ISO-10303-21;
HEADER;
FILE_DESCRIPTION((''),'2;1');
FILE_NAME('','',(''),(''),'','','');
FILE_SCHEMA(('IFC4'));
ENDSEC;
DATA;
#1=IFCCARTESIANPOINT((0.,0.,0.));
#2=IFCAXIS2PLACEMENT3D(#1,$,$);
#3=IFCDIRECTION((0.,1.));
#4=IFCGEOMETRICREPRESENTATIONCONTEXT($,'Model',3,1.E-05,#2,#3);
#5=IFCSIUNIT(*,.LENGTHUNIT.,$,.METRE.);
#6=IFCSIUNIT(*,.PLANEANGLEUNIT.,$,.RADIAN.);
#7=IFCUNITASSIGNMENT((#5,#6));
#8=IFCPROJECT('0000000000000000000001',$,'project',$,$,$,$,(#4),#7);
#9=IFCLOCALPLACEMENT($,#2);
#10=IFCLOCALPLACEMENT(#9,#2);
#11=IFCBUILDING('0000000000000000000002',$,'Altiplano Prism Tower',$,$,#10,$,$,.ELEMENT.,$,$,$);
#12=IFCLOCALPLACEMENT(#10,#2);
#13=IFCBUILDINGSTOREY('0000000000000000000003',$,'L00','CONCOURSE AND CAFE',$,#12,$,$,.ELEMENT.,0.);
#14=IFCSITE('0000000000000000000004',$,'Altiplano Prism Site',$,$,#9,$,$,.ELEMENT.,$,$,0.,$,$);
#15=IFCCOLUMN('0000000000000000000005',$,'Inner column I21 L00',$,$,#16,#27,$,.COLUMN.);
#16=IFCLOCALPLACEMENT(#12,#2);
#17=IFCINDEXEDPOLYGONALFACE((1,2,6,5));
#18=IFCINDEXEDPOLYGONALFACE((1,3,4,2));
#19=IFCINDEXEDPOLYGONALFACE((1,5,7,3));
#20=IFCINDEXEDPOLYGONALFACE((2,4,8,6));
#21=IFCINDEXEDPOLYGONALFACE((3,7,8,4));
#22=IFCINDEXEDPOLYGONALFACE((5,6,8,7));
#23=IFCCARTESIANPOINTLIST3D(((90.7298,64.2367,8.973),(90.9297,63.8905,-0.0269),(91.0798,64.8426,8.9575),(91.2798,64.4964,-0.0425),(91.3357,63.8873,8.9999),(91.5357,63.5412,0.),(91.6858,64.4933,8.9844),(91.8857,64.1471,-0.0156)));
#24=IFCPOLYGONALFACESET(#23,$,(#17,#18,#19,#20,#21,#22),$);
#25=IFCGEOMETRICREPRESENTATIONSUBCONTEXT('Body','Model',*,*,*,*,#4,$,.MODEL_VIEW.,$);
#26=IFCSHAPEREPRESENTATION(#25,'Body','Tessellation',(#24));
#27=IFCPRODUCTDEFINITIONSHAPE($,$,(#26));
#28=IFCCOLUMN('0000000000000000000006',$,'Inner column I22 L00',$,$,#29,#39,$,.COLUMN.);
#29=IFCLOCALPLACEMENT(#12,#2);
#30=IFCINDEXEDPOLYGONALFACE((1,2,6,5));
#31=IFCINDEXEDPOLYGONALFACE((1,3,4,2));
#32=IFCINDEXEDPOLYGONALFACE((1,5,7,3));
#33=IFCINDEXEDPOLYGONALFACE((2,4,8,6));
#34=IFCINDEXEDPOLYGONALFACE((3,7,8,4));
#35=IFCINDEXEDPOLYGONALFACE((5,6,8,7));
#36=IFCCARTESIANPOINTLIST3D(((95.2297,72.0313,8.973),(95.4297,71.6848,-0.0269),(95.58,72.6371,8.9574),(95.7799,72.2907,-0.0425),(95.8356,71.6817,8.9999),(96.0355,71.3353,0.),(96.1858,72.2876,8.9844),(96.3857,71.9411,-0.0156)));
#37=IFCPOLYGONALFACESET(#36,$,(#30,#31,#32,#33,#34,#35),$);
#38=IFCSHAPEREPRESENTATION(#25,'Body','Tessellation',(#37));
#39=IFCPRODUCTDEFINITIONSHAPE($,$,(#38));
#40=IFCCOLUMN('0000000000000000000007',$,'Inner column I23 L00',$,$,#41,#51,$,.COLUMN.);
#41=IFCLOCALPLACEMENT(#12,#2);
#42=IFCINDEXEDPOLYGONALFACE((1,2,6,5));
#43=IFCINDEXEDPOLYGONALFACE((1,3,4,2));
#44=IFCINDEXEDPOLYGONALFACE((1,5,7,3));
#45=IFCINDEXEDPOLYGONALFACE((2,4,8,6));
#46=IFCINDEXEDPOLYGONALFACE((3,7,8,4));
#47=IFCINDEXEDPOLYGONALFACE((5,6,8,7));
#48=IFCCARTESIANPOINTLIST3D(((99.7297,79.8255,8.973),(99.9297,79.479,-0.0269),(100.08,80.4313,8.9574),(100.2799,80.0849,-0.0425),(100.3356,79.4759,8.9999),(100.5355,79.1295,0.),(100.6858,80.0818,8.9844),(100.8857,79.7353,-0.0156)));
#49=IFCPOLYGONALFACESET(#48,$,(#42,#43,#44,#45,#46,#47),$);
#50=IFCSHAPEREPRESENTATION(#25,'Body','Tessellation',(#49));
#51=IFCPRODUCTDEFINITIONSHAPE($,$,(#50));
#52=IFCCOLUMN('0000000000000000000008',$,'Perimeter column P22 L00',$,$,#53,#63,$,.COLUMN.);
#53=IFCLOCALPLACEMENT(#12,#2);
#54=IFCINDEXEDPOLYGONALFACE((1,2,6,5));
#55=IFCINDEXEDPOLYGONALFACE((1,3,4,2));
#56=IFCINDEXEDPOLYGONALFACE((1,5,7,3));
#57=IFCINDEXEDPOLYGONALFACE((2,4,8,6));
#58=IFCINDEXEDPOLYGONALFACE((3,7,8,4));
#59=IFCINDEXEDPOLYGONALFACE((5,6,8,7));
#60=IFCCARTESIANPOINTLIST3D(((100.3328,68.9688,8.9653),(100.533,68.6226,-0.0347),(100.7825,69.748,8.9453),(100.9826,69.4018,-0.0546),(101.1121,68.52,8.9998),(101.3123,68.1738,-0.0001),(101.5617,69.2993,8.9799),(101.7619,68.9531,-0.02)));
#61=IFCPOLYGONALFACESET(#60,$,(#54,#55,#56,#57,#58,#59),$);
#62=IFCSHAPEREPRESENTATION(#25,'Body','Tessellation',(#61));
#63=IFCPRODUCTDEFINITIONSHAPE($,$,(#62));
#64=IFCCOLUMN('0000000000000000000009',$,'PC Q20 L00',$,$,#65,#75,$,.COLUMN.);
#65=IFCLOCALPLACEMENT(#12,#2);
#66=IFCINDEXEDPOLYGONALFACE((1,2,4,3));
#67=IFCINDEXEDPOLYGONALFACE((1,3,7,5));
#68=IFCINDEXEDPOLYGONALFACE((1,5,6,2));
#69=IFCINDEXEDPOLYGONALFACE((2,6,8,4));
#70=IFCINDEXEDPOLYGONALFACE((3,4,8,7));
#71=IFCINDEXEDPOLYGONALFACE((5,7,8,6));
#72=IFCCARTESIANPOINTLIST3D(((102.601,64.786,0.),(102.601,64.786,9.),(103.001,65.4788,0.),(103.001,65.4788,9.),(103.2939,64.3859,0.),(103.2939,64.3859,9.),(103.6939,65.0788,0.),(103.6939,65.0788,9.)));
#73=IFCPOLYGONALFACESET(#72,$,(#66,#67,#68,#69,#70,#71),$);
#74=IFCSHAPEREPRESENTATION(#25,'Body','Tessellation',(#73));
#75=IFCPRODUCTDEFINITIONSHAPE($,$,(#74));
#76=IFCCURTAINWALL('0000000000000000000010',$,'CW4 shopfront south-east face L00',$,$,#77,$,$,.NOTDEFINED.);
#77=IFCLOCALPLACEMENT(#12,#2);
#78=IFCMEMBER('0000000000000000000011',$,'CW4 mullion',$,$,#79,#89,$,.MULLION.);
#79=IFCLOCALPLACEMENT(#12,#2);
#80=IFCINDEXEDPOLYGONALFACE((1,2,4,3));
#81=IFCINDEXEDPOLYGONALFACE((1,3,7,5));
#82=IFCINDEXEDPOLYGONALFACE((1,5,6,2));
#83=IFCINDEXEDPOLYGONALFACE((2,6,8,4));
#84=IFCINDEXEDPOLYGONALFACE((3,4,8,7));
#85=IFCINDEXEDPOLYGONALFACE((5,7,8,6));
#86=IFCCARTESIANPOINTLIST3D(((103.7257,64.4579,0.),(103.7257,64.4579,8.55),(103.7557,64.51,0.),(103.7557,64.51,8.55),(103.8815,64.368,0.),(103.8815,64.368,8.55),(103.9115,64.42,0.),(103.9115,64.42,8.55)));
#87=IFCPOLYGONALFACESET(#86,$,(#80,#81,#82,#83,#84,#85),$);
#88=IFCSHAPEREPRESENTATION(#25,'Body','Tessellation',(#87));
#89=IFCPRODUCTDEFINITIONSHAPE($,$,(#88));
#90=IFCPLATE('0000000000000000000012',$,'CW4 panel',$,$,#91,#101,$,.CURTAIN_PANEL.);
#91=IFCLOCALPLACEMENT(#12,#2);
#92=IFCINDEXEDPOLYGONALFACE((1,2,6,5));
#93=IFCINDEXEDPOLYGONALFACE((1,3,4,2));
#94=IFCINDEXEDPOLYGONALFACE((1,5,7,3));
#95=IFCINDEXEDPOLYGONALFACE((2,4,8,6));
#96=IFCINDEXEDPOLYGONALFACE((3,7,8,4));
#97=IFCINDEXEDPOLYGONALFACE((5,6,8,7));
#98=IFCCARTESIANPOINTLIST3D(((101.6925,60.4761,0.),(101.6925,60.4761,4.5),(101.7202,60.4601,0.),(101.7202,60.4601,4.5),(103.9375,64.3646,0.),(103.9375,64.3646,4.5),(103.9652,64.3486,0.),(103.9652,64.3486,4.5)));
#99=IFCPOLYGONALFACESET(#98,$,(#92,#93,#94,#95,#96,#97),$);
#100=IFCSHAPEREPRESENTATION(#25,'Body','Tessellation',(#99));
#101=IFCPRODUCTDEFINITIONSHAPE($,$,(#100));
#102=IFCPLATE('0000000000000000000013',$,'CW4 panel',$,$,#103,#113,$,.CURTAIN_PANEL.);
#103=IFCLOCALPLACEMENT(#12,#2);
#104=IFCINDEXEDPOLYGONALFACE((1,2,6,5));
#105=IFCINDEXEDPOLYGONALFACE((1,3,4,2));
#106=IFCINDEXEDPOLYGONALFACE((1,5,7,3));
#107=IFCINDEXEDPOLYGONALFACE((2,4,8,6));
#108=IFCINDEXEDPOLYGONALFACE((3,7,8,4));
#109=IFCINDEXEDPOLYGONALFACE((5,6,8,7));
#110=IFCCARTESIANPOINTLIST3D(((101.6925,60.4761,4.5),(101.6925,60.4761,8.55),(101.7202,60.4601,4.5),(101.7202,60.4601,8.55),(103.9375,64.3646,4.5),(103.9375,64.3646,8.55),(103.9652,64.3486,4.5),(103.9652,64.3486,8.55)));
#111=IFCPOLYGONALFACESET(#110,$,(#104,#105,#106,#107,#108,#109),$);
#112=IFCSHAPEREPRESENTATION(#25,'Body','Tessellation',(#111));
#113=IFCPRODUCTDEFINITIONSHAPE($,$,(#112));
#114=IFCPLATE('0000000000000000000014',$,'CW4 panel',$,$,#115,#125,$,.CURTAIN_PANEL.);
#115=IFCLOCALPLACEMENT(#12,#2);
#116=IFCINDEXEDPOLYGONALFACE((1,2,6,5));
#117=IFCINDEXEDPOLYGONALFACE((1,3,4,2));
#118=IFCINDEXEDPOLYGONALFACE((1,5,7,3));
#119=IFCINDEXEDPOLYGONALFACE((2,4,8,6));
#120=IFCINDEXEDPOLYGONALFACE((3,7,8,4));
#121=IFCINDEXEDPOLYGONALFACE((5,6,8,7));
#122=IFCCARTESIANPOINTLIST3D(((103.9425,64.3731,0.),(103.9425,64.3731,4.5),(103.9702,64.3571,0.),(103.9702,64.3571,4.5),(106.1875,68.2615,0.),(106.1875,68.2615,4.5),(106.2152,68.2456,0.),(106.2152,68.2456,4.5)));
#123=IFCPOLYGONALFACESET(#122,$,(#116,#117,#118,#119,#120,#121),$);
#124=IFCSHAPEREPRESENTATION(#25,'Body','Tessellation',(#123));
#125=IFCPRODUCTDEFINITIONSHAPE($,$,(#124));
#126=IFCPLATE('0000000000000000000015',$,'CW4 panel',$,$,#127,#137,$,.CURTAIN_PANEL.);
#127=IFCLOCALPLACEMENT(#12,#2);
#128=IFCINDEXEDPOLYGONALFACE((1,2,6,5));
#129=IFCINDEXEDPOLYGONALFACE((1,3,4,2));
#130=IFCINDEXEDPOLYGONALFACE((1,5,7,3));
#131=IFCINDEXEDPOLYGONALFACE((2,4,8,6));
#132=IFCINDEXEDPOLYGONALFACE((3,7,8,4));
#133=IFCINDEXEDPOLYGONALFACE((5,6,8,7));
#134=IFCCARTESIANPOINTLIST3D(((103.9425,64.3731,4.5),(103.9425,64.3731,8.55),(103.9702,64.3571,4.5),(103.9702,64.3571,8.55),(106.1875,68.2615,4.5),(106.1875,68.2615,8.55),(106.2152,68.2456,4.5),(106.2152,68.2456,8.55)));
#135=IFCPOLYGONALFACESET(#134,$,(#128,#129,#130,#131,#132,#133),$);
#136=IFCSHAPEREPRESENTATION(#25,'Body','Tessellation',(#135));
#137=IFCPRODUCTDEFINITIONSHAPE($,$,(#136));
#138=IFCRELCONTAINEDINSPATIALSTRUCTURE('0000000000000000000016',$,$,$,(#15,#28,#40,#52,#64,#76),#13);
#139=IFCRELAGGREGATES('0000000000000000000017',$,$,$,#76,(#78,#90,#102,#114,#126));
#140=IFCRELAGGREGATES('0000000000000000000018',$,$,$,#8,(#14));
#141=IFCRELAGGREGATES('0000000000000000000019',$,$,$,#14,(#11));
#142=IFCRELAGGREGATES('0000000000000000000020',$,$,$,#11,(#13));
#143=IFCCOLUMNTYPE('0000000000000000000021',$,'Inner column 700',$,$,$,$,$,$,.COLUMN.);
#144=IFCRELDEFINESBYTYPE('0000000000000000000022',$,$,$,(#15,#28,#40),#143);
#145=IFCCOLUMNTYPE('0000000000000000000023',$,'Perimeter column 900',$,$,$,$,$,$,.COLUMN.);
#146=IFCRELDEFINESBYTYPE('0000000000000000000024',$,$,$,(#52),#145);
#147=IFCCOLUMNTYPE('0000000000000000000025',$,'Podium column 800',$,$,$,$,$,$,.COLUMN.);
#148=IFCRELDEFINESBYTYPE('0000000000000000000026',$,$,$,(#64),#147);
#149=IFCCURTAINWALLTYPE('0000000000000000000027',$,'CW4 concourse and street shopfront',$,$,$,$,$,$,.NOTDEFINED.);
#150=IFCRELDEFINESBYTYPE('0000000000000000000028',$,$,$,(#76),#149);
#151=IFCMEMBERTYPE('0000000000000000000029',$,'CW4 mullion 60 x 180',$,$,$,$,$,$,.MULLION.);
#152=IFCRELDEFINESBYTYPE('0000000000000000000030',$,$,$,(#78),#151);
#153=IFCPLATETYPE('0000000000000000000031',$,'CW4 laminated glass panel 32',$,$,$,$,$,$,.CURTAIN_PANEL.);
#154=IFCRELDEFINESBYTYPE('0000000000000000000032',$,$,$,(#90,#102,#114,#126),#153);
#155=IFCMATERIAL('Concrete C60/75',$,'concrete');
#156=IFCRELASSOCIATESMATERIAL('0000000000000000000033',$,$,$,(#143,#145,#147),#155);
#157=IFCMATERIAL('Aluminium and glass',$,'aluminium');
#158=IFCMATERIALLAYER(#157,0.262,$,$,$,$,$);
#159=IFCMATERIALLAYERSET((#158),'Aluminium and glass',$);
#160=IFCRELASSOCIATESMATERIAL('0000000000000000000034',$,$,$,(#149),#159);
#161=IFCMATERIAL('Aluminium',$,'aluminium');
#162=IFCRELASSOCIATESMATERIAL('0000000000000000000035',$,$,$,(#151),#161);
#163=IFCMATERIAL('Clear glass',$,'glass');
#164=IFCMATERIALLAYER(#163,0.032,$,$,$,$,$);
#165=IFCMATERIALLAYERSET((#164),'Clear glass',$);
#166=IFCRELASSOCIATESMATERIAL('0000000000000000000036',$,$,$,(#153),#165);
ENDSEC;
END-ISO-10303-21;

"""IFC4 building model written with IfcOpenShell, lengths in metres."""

from ifc_helpers import new_model, si_unit, direction, frame, origin, origin_2d, place, context, subcontext, project, spatial, rectangle, extrude, material, layer, layer_set, material_profile, profile_set, type_object, element, aggregate, save


model = new_model("IFC4")

# Units and contexts
model_context = context("Model", 3, precision=1e-05, world=origin(), true_north=direction((0.0, 1.0)))
body_context = subcontext(model_context, "Body", "Model", "MODEL_VIEW")
ifc_project = project(units=[si_unit("LENGTHUNIT", "METRE"), si_unit("PLANEANGLEUNIT", "RADIAN")], contexts=[model_context])

# Site, building, storey
site_placement = place(None, origin())
site = spatial("IfcSite", under=ifc_project, at=site_placement, Name="Altiplano Prism Site", CompositionType="ELEMENT", RefElevation=0.0)
building_placement = place(site_placement, origin())
building = spatial("IfcBuilding", under=site, at=building_placement, Name="Altiplano Prism Tower", CompositionType="ELEMENT")
storey_placement = place(building_placement, origin())
storey = spatial("IfcBuildingStorey", under=building, at=storey_placement, Name="L00", Description="CONCOURSE AND CAFE", CompositionType="ELEMENT", Elevation=0.0)

# Columns
ifc_material_1 = material(Name="Concrete C60/75", Category="concrete")
ifc_material_profile_1 = material_profile(ifc_material_1, rectangle(XDim=0.7, YDim=0.7, at=origin_2d()), Name="Inner column 700")
ifc_profile_set_1 = profile_set([ifc_material_profile_1], Name="Concrete C60/75")
column_type_1 = type_object("IfcColumnType", Name="Inner column 700", PredefinedType="COLUMN", material=ifc_profile_set_1)
for number, where, z_axis, x_axis, name in (
    (1, (91.4077, 64.0188, -0.0212), (-0.022195, 0.038428, 0.999015), (-0.500101, -0.865683, 0.022188), "Inner column I21 L00"),
    (2, (95.9077, 71.813, -0.0212), (-0.022195, 0.038455, 0.999014), (-0.500366, -0.865529, 0.0222), "Inner column I22 L00"),
    (3, (100.4077, 79.6072, -0.0212), (-0.022195, 0.038455, 0.999014), (-0.500366, -0.865529, 0.0222), "Inner column I23 L00"),
):
    element("IfcColumn", number, at=place(storey_placement, frame(where, z_axis=z_axis, x_axis=x_axis)), inside=storey, type_object=column_type_1, Name=name, PredefinedType="COLUMN", context=body_context, shape_type="SweptSolid", body=[
        extrude(rectangle(XDim=0.7, YDim=0.7, at=origin_2d()), origin(), (0.0, 0.0, 1.0), 9.0088),
    ])
ifc_material_profile_2 = material_profile(ifc_material_1, rectangle(XDim=0.8999, YDim=0.8999, at=origin_2d()), Name="Perimeter column 900")
ifc_profile_set_2 = profile_set([ifc_material_profile_2], Name="Concrete C60/75")
column_type_2 = type_object("IfcColumnType", Name="Perimeter column 900", PredefinedType="COLUMN", material=ifc_profile_set_2)
column_1_placement = place(storey_placement, frame((101.1475, 68.7878, -0.0273), z_axis=(-0.022222, 0.038428, 0.999014), x_axis=(-0.499644, -0.865946, 0.022195)))
element("IfcColumn", 4, at=column_1_placement, inside=storey, type_object=column_type_2, Name="Perimeter column P22 L00", PredefinedType="COLUMN", context=body_context, shape_type="SweptSolid", body=[
    extrude(rectangle(XDim=0.8999, YDim=0.8999, at=origin_2d()), origin(), (0.0, 0.0, 1.0), 9.0088),
])
ifc_material_profile_3 = material_profile(ifc_material_1, rectangle(XDim=0.8, YDim=0.8, at=origin_2d()), Name="Podium column 800")
ifc_profile_set_3 = profile_set([ifc_material_profile_3], Name="Concrete C60/75")
column_type_3 = type_object("IfcColumnType", Name="Podium column 800", PredefinedType="COLUMN", material=ifc_profile_set_3)
column_2_placement = place(storey_placement, frame((103.1475, 64.9324, 0.0), z_axis=(0.0, 0.0, 1.0), x_axis=(0.5, 0.866025, 0.0)))
element("IfcColumn", 5, at=column_2_placement, inside=storey, type_object=column_type_3, Name="PC Q20 L00", PredefinedType="COLUMN", context=body_context, shape_type="SweptSolid", body=[
    extrude(rectangle(XDim=0.8, YDim=0.8, at=origin_2d()), origin(), (0.0, 0.0, 1.0), 9.0),
])

# Curtain wall, member, plates
ifc_material_2 = material(Name="Aluminium and glass", Category="aluminium")
ifc_layer_1 = layer(ifc_material_2, 0.262)
ifc_layer_set_1 = layer_set([ifc_layer_1], Name="Aluminium and glass")
curtain_wall_type = type_object("IfcCurtainWallType", Name="CW4 concourse and street shopfront", PredefinedType="NOTDEFINED", material=ifc_layer_set_1)
curtain_wall_placement = place(storey_placement, origin())
curtain_wall = element("IfcCurtainWall", 6, at=curtain_wall_placement, inside=storey, type_object=curtain_wall_type, Name="CW4 shopfront south-east face L00", PredefinedType="NOTDEFINED")
ifc_material_3 = material(Name="Aluminium", Category="aluminium")
ifc_material_profile_4 = material_profile(ifc_material_3, rectangle(XDim=0.1799, YDim=0.0601, at=origin_2d()), Name="CW4 mullion 60 x 180")
ifc_profile_set_4 = profile_set([ifc_material_profile_4], Name="Aluminium")
member_type = type_object("IfcMemberType", Name="CW4 mullion 60 x 180", PredefinedType="MULLION", material=ifc_profile_set_4)
member_placement = place(storey_placement, frame((103.8186, 64.439, 0.0), z_axis=(0.0, 0.0, 1.0), x_axis=(-0.866025, 0.5, 0.0)))
member = element("IfcMember", 7, at=member_placement, type_object=member_type, Name="CW4 mullion", PredefinedType="MULLION", context=body_context, shape_type="SweptSolid", body=[
    extrude(rectangle(XDim=0.1799, YDim=0.0601, at=origin_2d()), origin(), (0.0, 0.0, 1.0), 8.55),
])
ifc_material_4 = material(Name="Clear glass", Category="glass")
ifc_layer_2 = layer(ifc_material_4, 0.032)
ifc_layer_set_2 = layer_set([ifc_layer_2], Name="Clear glass")
plate_type = type_object("IfcPlateType", Name="CW4 laminated glass panel 32", PredefinedType="CURTAIN_PANEL", material=ifc_layer_set_2)
plate_1_placement = place(storey_placement, frame((102.8289, 62.4124, 0.0), z_axis=(0.0, 0.0, 1.0), x_axis=(0.5, 0.866025, 0.0)))
plate_1 = element("IfcPlate", 8, at=plate_1_placement, type_object=plate_type, Name="CW4 panel", PredefinedType="CURTAIN_PANEL", context=body_context, shape_type="SweptSolid", body=[
    extrude(rectangle(XDim=4.49, YDim=0.032, at=origin_2d()), origin(), (0.0, 0.0, 1.0), 4.5),
])
plate_2_placement = place(storey_placement, frame((102.8289, 62.4124, 4.5), z_axis=(0.0, 0.0, 1.0), x_axis=(0.5, 0.866025, 0.0)))
plate_2 = element("IfcPlate", 9, at=plate_2_placement, type_object=plate_type, Name="CW4 panel", PredefinedType="CURTAIN_PANEL", context=body_context, shape_type="SweptSolid", body=[
    extrude(rectangle(XDim=4.49, YDim=0.032, at=origin_2d()), origin(), (0.0, 0.0, 1.0), 4.05),
])
plate_3_placement = place(storey_placement, frame((105.0789, 66.3093, 0.0), z_axis=(0.0, 0.0, 1.0), x_axis=(0.5, 0.866025, 0.0)))
plate_3 = element("IfcPlate", 10, at=plate_3_placement, type_object=plate_type, Name="CW4 panel", PredefinedType="CURTAIN_PANEL", context=body_context, shape_type="SweptSolid", body=[
    extrude(rectangle(XDim=4.49, YDim=0.032, at=origin_2d()), origin(), (0.0, 0.0, 1.0), 4.5),
])
plate_4_placement = place(storey_placement, frame((105.0789, 66.3093, 4.5), z_axis=(0.0, 0.0, 1.0), x_axis=(0.5, 0.866025, 0.0)))
plate_4 = element("IfcPlate", 11, at=plate_4_placement, type_object=plate_type, Name="CW4 panel", PredefinedType="CURTAIN_PANEL", context=body_context, shape_type="SweptSolid", body=[
    extrude(rectangle(XDim=4.49, YDim=0.032, at=origin_2d()), origin(), (0.0, 0.0, 1.0), 4.05),
])
aggregate(curtain_wall, [member, plate_1, plate_2, plate_3, plate_4])

save(model, "model.ifc")
